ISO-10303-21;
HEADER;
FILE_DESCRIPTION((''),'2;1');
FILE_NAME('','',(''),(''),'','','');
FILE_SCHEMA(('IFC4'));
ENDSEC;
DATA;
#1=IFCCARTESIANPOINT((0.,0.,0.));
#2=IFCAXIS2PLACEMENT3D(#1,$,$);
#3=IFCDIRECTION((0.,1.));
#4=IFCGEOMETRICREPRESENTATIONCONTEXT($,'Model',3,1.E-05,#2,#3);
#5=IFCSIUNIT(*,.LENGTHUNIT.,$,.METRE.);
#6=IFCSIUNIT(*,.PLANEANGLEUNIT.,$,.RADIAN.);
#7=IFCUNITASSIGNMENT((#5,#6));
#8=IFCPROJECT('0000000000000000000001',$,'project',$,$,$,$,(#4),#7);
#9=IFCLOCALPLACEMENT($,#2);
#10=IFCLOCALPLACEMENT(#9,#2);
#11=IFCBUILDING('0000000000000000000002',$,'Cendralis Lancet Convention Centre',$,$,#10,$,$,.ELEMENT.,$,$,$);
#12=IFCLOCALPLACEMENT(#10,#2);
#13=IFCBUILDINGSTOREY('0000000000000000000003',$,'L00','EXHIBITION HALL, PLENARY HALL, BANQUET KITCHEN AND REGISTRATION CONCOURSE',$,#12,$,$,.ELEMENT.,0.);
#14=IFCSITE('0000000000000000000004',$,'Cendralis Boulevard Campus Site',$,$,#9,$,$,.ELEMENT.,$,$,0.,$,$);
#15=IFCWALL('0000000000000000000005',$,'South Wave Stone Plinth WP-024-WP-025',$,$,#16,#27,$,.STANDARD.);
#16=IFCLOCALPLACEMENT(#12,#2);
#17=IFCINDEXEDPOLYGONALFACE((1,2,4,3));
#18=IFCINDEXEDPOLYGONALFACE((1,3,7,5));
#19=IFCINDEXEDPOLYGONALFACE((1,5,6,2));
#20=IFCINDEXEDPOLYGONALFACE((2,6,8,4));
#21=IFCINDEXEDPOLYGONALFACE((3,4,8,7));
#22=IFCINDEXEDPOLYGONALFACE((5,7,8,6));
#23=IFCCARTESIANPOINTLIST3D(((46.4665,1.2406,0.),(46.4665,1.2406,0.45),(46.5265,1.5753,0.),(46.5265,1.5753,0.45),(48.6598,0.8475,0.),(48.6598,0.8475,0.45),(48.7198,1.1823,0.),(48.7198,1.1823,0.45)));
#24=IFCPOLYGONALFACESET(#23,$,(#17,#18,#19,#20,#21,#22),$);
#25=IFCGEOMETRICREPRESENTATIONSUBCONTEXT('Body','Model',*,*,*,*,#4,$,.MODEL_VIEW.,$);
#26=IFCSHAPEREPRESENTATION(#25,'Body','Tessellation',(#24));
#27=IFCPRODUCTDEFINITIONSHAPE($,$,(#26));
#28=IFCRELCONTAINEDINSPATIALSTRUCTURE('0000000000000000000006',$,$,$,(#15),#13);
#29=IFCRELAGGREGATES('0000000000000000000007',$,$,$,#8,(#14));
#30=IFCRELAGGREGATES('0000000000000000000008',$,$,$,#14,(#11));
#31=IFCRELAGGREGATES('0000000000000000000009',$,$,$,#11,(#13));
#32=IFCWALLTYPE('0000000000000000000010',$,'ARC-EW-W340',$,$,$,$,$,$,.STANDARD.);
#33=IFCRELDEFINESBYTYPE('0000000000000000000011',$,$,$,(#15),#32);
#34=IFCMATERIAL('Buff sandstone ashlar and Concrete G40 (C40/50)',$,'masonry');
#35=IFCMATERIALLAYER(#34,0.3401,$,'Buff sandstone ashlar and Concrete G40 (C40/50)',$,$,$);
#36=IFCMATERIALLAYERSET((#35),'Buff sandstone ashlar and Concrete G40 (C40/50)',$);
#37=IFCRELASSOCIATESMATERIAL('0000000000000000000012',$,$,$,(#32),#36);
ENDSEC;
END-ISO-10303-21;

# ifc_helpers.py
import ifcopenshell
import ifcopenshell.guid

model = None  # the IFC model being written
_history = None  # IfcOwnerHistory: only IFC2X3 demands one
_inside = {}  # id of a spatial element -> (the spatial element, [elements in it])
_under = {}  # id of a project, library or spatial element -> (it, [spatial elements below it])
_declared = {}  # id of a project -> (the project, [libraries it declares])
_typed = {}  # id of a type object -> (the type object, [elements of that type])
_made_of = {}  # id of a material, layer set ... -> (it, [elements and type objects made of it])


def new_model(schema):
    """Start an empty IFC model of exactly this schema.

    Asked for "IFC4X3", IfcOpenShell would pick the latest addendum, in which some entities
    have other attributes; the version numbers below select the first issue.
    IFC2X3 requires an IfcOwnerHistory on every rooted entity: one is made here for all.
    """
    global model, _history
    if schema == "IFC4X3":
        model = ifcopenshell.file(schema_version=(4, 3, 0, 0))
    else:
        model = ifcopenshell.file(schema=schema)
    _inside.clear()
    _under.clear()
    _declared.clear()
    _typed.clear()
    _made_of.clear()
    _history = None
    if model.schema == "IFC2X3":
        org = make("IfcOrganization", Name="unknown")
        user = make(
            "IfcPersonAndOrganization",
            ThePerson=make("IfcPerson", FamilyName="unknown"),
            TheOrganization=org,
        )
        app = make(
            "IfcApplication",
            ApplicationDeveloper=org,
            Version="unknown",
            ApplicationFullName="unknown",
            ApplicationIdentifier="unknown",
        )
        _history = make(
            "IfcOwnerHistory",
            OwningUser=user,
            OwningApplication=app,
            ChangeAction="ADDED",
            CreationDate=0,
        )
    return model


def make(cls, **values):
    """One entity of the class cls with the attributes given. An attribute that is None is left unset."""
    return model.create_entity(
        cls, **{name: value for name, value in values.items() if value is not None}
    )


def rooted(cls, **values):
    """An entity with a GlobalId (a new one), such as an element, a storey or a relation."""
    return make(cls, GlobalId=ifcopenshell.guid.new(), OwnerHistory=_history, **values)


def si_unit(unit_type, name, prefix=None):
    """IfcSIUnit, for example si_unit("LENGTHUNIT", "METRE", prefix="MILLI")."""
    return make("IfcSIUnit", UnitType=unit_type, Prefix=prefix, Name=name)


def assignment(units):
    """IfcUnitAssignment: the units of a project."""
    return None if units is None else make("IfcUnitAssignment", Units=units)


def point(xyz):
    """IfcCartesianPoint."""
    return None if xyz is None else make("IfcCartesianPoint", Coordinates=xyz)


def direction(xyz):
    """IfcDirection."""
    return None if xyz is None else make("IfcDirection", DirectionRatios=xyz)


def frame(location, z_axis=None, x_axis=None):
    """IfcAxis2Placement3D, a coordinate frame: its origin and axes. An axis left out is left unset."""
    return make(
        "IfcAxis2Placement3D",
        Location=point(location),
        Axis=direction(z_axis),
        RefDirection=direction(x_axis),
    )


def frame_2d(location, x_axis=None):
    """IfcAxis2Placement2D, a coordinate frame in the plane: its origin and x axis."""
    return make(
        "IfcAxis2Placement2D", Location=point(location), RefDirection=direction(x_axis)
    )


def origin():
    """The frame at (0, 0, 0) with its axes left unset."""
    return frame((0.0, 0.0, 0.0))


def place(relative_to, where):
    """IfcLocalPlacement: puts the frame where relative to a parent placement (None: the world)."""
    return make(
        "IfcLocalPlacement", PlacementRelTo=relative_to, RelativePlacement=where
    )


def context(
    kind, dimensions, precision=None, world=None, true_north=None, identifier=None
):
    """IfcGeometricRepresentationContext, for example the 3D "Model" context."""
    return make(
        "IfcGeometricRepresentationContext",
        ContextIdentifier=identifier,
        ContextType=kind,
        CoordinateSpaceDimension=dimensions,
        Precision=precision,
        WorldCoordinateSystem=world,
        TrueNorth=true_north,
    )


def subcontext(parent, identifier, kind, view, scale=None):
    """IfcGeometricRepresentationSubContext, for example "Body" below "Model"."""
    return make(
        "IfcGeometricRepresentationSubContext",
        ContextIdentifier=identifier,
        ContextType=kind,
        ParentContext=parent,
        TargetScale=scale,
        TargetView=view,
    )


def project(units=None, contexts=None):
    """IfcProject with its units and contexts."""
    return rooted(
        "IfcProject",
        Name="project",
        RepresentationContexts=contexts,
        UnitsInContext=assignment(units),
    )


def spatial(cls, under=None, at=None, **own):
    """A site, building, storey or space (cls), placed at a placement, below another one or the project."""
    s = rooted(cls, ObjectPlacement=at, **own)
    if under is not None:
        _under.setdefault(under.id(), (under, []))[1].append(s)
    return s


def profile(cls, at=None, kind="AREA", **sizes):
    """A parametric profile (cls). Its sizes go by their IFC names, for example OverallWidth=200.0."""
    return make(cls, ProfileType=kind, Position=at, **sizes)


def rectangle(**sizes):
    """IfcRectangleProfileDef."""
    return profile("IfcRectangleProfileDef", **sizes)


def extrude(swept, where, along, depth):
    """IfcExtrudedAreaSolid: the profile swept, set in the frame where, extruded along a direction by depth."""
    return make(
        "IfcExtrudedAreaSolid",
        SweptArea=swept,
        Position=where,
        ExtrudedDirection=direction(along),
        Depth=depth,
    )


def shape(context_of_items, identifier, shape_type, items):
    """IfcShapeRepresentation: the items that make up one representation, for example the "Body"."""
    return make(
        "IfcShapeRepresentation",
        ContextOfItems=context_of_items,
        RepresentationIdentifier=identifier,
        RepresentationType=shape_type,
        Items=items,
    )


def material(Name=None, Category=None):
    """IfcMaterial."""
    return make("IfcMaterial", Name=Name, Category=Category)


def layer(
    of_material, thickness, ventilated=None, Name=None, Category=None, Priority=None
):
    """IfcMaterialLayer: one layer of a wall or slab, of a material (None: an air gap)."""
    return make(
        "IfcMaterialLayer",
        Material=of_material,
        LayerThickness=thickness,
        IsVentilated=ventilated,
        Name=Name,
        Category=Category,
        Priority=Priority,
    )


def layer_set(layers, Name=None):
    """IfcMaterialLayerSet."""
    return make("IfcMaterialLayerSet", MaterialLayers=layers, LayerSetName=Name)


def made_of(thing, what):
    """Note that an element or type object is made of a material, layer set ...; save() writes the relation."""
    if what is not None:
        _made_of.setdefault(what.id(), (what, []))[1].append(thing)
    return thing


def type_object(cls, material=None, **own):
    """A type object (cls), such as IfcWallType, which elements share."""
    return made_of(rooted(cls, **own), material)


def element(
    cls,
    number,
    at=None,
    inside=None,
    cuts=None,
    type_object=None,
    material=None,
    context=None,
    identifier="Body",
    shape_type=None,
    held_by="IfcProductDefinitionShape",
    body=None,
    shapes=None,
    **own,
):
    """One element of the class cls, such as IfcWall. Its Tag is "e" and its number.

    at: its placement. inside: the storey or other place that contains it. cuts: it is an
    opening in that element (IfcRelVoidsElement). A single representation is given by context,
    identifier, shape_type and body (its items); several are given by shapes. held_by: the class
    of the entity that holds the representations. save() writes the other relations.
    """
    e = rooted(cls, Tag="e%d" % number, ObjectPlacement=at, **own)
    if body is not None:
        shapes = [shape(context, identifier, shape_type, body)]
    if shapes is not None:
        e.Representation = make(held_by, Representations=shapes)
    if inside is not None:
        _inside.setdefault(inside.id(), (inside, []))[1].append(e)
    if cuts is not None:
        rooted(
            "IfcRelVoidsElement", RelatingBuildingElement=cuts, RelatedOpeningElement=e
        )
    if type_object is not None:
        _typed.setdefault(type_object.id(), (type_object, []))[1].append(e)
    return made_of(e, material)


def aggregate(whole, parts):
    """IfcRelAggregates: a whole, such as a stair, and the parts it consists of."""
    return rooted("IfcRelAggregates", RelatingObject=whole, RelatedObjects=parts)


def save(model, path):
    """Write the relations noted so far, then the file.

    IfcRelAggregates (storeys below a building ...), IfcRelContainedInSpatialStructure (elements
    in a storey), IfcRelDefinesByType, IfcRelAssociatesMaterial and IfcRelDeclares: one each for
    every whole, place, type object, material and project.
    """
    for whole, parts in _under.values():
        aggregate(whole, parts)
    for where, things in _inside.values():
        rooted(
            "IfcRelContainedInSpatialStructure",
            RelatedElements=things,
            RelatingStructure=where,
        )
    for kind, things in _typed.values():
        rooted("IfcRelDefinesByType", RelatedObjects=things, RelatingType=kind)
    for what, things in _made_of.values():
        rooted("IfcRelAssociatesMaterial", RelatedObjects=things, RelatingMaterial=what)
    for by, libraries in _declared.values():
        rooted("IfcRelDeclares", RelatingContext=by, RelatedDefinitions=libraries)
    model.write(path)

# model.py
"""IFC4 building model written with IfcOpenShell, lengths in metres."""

from ifc_helpers import new_model, si_unit, direction, frame, frame_2d, origin, place, context, subcontext, project, spatial, rectangle, extrude, material, layer, layer_set, type_object, element, save


model = new_model("IFC4")

# Units and contexts
model_context = context("Model", 3, precision=1e-05, world=origin(), true_north=direction((0.0, 1.0)))
body_context = subcontext(model_context, "Body", "Model", "MODEL_VIEW")
ifc_project = project(units=[si_unit("LENGTHUNIT", "METRE"), si_unit("PLANEANGLEUNIT", "RADIAN")], contexts=[model_context])

# Site, building, storey
site_placement = place(None, origin())
site = spatial("IfcSite", under=ifc_project, at=site_placement, Name="Cendralis Boulevard Campus Site", CompositionType="ELEMENT", RefElevation=0.0)
building_placement = place(site_placement, origin())
building = spatial("IfcBuilding", under=site, at=building_placement, Name="Cendralis Lancet Convention Centre", CompositionType="ELEMENT")
storey_placement = place(building_placement, origin())
storey = spatial("IfcBuildingStorey", under=building, at=storey_placement, Name="L00", Description="EXHIBITION HALL, PLENARY HALL, BANQUET KITCHEN AND REGISTRATION CONCOURSE", CompositionType="ELEMENT", Elevation=0.0)

# Wall
ifc_material_1 = material(Name="Buff sandstone ashlar and Concrete G40 (C40/50)", Category="masonry")
ifc_layer_1 = layer(ifc_material_1, 0.3401, Name="Buff sandstone ashlar and Concrete G40 (C40/50)")
ifc_layer_set_1 = layer_set([ifc_layer_1], Name="Buff sandstone ashlar and Concrete G40 (C40/50)")
wall_type = type_object("IfcWallType", Name="ARC-EW-W340", PredefinedType="STANDARD", material=ifc_layer_set_1)
wall_1_placement = place(storey_placement, frame((46.4963, 1.408, 0.0), z_axis=(0.0, 0.0, 1.0), x_axis=(0.984319, -0.176397, 0.0)))
element("IfcWall", 1, at=wall_1_placement, inside=storey, type_object=wall_type, Name="South Wave Stone Plinth WP-024-WP-025", PredefinedType="STANDARD", context=body_context, shape_type="SweptSolid", body=[
    extrude(rectangle(XDim=2.2283, YDim=0.3401, at=frame_2d((1.1143, 0.0))), origin(), (0.0, 0.0, 1.0), 0.45),
])

save(model, "model.ifc")
